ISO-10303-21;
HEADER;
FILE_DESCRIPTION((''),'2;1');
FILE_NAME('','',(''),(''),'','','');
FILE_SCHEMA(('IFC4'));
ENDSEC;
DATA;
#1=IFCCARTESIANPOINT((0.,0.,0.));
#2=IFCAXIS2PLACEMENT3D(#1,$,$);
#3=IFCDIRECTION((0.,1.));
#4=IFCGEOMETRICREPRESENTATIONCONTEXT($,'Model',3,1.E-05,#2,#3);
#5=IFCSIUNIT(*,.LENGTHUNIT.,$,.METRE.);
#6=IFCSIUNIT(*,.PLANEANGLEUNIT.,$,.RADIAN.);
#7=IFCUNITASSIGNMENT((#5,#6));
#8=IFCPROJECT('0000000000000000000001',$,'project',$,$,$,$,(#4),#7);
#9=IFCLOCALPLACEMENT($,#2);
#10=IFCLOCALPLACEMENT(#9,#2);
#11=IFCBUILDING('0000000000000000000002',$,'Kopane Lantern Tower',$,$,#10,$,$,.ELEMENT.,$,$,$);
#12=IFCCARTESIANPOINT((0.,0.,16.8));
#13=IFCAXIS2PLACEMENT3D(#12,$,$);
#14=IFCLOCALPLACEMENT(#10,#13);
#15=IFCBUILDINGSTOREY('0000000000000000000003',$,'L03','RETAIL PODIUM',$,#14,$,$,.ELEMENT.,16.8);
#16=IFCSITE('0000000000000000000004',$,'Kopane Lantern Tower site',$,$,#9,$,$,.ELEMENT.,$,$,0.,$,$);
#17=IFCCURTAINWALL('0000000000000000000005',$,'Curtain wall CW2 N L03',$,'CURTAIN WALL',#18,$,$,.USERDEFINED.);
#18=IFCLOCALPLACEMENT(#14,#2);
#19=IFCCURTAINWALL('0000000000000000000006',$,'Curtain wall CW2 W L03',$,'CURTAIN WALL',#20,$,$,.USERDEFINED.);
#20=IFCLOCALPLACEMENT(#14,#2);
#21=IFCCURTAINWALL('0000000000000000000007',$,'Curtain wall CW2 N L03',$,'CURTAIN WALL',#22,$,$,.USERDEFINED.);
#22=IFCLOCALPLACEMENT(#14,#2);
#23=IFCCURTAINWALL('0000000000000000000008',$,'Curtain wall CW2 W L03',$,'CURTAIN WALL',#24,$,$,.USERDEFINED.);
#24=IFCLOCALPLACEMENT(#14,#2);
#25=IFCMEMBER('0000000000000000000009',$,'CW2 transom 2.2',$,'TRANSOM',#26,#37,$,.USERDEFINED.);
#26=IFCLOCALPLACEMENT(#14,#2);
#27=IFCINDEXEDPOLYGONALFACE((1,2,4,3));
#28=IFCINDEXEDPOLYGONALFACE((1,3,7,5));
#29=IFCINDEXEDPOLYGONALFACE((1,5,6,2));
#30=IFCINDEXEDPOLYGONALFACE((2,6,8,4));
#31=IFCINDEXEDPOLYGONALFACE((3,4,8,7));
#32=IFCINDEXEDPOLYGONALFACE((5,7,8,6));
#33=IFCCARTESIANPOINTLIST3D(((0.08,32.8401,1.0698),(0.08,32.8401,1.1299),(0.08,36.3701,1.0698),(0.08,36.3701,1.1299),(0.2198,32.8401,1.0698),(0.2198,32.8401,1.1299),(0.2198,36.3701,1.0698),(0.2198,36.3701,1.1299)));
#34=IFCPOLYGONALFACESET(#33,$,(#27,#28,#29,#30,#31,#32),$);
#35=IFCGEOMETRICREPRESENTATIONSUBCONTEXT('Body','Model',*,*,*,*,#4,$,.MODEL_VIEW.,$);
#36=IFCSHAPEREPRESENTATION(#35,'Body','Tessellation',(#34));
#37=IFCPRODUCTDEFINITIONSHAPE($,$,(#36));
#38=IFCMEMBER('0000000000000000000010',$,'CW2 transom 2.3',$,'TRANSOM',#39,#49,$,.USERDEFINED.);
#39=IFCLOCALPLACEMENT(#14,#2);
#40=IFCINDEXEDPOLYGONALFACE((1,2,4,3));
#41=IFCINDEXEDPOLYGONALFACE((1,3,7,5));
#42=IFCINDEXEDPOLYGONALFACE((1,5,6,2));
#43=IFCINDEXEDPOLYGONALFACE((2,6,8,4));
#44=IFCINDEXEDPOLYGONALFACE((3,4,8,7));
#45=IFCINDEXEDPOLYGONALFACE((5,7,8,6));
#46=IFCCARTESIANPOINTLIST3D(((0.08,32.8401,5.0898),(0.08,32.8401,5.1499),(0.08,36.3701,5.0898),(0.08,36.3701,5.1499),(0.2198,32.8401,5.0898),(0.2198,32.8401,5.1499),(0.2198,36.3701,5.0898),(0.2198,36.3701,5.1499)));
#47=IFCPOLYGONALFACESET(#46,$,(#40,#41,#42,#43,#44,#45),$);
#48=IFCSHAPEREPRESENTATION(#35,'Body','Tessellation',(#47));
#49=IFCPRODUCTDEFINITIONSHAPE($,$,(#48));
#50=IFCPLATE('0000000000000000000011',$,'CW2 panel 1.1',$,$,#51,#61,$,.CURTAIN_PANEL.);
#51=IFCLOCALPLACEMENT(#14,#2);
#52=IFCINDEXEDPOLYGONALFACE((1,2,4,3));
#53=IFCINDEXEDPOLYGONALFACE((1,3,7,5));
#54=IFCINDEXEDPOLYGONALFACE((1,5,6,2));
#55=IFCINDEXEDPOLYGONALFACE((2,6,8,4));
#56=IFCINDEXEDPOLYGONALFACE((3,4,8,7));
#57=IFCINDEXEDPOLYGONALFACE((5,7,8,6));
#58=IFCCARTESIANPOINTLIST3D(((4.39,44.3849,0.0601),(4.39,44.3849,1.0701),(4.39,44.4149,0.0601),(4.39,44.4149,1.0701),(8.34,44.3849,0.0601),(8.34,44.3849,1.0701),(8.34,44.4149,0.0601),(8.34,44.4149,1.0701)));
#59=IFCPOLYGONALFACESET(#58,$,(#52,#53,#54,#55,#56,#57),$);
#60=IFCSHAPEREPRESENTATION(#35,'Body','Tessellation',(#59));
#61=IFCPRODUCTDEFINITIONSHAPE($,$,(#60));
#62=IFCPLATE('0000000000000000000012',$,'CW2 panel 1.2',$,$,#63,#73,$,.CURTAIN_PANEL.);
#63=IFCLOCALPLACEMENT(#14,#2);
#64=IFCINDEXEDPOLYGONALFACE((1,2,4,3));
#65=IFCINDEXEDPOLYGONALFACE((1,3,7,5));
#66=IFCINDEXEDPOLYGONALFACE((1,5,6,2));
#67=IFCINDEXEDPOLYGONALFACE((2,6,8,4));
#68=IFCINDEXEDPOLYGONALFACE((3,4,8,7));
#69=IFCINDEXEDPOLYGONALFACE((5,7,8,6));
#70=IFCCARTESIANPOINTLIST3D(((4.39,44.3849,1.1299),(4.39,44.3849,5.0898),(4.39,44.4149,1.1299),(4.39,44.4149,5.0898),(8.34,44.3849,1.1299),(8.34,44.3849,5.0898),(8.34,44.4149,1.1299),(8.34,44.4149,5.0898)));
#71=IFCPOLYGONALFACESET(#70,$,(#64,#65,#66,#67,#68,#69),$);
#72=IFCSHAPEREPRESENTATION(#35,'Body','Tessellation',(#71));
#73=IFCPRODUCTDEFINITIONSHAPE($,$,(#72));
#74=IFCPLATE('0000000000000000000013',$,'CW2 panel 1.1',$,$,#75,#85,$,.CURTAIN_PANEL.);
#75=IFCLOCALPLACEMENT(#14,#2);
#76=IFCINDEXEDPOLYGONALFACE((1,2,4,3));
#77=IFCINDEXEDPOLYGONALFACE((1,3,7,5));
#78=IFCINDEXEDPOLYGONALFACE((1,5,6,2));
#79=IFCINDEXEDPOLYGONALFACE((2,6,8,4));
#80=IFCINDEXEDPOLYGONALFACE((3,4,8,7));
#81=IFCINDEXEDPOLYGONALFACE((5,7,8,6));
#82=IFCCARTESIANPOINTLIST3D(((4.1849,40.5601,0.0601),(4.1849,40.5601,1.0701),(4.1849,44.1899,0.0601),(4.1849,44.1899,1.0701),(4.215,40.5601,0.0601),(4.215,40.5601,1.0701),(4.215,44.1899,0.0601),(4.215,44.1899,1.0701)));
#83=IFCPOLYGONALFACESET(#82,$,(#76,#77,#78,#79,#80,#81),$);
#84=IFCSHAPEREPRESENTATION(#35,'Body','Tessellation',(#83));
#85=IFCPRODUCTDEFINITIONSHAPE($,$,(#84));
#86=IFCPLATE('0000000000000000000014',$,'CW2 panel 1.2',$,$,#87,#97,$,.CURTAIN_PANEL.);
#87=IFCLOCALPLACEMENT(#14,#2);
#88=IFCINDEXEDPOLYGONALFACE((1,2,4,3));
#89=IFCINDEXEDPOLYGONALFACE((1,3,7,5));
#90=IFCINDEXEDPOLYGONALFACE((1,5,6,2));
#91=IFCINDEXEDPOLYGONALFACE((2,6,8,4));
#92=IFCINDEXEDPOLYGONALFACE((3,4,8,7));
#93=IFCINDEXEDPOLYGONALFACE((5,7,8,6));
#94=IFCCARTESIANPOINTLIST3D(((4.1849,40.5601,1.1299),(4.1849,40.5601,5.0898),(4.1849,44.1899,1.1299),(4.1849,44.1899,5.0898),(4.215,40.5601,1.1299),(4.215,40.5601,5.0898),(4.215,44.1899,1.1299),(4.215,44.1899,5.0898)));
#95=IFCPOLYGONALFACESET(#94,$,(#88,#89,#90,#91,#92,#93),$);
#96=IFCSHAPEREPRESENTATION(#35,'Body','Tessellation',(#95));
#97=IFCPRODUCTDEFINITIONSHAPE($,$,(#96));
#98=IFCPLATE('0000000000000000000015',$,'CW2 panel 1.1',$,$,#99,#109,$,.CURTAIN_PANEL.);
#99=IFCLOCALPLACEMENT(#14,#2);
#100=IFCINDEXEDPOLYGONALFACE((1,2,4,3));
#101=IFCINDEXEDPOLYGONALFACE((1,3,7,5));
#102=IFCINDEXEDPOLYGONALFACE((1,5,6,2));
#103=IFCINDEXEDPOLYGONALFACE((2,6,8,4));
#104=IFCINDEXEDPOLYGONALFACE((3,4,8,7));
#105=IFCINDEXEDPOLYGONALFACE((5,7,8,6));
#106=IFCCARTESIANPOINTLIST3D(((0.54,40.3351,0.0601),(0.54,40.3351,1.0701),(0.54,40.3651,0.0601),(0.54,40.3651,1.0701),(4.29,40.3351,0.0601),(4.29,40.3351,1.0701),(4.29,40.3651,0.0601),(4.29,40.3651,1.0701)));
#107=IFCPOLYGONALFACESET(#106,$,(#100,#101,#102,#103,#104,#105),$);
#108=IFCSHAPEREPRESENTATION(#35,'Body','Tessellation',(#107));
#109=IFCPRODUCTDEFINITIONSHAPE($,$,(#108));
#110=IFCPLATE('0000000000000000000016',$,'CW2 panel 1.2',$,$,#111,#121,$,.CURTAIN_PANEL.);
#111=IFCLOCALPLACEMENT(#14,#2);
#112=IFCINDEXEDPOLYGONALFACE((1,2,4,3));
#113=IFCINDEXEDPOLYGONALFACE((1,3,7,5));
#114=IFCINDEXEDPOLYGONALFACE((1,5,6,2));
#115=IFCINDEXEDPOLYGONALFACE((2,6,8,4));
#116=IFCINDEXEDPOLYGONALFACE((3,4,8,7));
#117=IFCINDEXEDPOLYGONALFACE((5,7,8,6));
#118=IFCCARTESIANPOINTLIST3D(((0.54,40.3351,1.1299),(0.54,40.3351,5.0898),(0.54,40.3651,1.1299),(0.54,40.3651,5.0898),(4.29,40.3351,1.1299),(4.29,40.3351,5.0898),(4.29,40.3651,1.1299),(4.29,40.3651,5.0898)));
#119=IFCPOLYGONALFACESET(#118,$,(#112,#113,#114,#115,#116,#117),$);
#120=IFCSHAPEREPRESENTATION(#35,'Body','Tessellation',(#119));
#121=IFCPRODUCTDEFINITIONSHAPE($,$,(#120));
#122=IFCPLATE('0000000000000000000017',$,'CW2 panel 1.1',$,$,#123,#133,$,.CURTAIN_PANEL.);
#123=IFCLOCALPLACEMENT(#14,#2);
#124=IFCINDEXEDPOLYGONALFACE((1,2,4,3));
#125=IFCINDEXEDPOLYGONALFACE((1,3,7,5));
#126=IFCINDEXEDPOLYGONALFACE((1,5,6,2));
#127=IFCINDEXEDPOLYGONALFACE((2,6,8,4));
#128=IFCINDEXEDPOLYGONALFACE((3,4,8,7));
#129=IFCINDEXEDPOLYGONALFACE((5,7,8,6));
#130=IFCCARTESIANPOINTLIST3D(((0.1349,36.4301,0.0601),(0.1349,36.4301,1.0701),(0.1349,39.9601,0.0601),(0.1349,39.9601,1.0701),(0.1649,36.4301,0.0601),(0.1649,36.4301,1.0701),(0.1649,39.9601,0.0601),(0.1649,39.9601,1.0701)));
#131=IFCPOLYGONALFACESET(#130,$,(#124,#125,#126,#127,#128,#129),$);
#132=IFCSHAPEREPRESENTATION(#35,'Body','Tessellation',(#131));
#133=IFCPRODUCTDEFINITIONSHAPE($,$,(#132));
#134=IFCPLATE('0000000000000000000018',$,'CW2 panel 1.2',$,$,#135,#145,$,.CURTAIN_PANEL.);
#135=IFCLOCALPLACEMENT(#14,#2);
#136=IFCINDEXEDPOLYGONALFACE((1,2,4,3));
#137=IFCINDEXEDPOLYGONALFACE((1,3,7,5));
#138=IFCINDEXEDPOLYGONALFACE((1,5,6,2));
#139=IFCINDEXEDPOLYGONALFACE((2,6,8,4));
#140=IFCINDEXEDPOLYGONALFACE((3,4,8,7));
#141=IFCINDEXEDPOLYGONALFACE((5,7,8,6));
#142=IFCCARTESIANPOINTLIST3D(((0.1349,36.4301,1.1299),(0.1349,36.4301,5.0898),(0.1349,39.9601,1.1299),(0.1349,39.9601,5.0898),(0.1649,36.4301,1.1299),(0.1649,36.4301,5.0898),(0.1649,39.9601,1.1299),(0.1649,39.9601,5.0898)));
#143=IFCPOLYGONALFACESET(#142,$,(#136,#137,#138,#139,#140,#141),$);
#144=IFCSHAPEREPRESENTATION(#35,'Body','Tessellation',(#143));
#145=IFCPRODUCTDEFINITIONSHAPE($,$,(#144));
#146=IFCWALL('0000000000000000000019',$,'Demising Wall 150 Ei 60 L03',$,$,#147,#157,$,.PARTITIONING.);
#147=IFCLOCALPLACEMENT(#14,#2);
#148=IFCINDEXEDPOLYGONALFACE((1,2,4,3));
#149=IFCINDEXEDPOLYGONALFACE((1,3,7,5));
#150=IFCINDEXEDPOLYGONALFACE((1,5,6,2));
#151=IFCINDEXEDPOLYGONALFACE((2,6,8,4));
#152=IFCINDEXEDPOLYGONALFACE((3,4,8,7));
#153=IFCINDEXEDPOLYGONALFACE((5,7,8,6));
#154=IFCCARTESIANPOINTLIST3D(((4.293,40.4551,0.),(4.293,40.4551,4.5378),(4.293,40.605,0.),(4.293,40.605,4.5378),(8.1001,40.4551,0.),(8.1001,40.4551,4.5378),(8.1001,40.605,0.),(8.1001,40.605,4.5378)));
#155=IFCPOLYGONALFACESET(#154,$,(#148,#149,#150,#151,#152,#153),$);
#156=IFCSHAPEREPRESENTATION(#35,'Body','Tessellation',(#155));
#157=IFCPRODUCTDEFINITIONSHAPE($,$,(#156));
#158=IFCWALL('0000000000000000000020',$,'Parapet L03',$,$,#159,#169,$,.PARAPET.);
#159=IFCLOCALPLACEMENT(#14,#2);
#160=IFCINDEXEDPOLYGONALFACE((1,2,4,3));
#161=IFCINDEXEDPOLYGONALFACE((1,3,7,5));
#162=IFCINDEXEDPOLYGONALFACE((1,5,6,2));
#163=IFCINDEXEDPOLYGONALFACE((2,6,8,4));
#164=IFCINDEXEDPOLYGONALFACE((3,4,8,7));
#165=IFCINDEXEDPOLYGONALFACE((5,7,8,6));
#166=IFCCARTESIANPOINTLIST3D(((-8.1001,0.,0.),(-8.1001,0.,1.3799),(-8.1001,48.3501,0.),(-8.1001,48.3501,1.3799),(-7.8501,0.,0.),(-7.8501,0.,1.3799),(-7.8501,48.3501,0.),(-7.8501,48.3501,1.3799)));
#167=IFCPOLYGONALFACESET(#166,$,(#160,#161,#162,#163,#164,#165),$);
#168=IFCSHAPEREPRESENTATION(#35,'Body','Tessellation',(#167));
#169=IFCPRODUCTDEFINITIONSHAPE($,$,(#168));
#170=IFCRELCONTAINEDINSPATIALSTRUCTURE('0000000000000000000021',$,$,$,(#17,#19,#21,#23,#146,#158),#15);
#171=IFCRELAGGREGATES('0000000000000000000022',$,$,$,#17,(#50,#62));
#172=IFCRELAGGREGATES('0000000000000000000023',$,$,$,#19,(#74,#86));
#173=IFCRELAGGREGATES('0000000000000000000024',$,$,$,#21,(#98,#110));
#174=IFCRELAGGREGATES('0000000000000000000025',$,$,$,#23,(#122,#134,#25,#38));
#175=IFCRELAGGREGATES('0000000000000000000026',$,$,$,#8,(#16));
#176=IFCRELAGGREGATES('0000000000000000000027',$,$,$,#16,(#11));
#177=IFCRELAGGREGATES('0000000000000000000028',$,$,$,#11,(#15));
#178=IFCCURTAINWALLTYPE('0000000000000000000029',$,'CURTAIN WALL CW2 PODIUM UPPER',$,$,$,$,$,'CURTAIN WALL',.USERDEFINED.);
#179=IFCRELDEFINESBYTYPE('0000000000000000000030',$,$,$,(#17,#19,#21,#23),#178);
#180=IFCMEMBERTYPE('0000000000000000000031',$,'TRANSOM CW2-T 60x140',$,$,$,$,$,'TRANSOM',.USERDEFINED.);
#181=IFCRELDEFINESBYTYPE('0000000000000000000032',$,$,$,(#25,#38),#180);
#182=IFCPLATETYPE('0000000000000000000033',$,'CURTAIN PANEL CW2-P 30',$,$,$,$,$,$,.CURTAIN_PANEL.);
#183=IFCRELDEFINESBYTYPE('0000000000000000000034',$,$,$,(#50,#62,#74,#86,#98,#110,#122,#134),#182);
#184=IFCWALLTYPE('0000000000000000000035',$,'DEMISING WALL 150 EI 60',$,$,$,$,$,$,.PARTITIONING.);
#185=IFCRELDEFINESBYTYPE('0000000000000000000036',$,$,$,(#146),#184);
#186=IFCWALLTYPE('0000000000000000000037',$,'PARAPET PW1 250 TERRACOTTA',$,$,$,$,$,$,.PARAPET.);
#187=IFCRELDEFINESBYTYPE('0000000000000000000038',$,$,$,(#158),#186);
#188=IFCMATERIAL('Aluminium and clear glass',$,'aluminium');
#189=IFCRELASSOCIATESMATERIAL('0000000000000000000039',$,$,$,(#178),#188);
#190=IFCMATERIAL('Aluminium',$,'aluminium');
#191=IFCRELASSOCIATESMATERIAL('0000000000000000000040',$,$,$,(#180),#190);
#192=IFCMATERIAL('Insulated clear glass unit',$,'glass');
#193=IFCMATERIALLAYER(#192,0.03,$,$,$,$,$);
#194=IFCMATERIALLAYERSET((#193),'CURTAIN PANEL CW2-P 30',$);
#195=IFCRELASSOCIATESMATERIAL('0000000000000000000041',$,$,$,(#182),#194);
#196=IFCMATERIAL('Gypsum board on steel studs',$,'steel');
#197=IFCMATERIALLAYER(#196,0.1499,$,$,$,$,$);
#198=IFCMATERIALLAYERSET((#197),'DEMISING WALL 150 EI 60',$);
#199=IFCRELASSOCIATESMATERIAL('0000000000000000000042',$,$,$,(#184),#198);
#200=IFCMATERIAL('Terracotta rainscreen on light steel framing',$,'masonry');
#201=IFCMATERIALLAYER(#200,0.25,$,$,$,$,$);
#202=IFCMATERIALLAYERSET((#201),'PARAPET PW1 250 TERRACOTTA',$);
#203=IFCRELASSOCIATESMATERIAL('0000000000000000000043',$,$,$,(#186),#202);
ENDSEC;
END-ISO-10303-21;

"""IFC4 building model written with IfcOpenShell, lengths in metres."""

from ifc_helpers import new_model, si_unit, direction, frame, frame_2d, origin, origin_2d, place, context, subcontext, project, spatial, rectangle, extrude, material, layer, layer_set, material_profile, profile_set, type_object, element, aggregate, save


model = new_model("IFC4")

# Units and contexts
model_context = context("Model", 3, precision=1e-05, world=origin(), true_north=direction((0.0, 1.0)))
body_context = subcontext(model_context, "Body", "Model", "MODEL_VIEW")
ifc_project = project(units=[si_unit("LENGTHUNIT", "METRE"), si_unit("PLANEANGLEUNIT", "RADIAN")], contexts=[model_context])

# Site, building, storey
site_placement = place(None, origin())
site = spatial("IfcSite", under=ifc_project, at=site_placement, Name="Kopane Lantern Tower site", CompositionType="ELEMENT", RefElevation=0.0)
building_placement = place(site_placement, origin())
building = spatial("IfcBuilding", under=site, at=building_placement, Name="Kopane Lantern Tower", CompositionType="ELEMENT")
storey_placement = place(building_placement, frame((0.0, 0.0, 16.8)))
storey = spatial("IfcBuildingStorey", under=building, at=storey_placement, Name="L03", Description="RETAIL PODIUM", CompositionType="ELEMENT", Elevation=16.8)

# Curtain wall
ifc_material_1 = material(Name="Aluminium and clear glass", Category="aluminium")
curtain_wall_type = type_object("IfcCurtainWallType", Name="CURTAIN WALL CW2 PODIUM UPPER", ElementType="CURTAIN WALL", PredefinedType="USERDEFINED", material=ifc_material_1)
curtain_wall_1_placement = place(storey_placement, origin())
curtain_wall_1 = element("IfcCurtainWall", 1, at=curtain_wall_1_placement, inside=storey, type_object=curtain_wall_type, Name="Curtain wall CW2 N L03", ObjectType="CURTAIN WALL", PredefinedType="USERDEFINED")

# Curtain walls
curtain_wall_2_placement = place(storey_placement, origin())
curtain_wall_2 = element("IfcCurtainWall", 2, at=curtain_wall_2_placement, inside=storey, type_object=curtain_wall_type, Name="Curtain wall CW2 W L03", ObjectType="CURTAIN WALL", PredefinedType="USERDEFINED")
curtain_wall_3_placement = place(storey_placement, origin())
curtain_wall_3 = element("IfcCurtainWall", 3, at=curtain_wall_3_placement, inside=storey, type_object=curtain_wall_type, Name="Curtain wall CW2 N L03", ObjectType="CURTAIN WALL", PredefinedType="USERDEFINED")
curtain_wall_4_placement = place(storey_placement, origin())
curtain_wall_4 = element("IfcCurtainWall", 4, at=curtain_wall_4_placement, inside=storey, type_object=curtain_wall_type, Name="Curtain wall CW2 W L03", ObjectType="CURTAIN WALL", PredefinedType="USERDEFINED")

# Members
ifc_material_2 = material(Name="Aluminium", Category="aluminium")
ifc_material_profile_1 = material_profile(ifc_material_2, rectangle(XDim=0.1399, YDim=0.0601, at=origin_2d()), Name="AL 140x60")
ifc_profile_set_1 = profile_set([ifc_material_profile_1], Name="Aluminium")
member_type_1 = type_object("IfcMemberType", Name="TRANSOM CW2-T 60x140", ElementType="TRANSOM", PredefinedType="USERDEFINED", material=ifc_profile_set_1)
member_1_placement = place(storey_placement, frame((0.1499, 36.3701, 1.0999), z_axis=(0.0, -1.0, 0.0), x_axis=(1.0, 0.0, 0.0)))
member_1 = element("IfcMember", 5, at=member_1_placement, type_object=member_type_1, Name="CW2 transom 2.2", ObjectType="TRANSOM", PredefinedType="USERDEFINED", context=body_context, shape_type="SweptSolid", body=[
    extrude(rectangle(XDim=0.1399, YDim=0.0601, at=origin_2d()), origin(), (0.0, 0.0, 1.0), 3.53),
])
member_2_placement = place(storey_placement, frame((0.1499, 36.3701, 5.1199), z_axis=(0.0, -1.0, 0.0), x_axis=(1.0, 0.0, 0.0)))
member_2 = element("IfcMember", 6, at=member_2_placement, type_object=member_type_1, Name="CW2 transom 2.3", ObjectType="TRANSOM", PredefinedType="USERDEFINED", context=body_context, shape_type="SweptSolid", body=[
    extrude(rectangle(XDim=0.1399, YDim=0.0601, at=origin_2d()), origin(), (0.0, 0.0, 1.0), 3.53),
])

# Plates
ifc_material_3 = material(Name="Insulated clear glass unit", Category="glass")
ifc_layer_1 = layer(ifc_material_3, 0.03)
ifc_layer_set_1 = layer_set([ifc_layer_1], Name="CURTAIN PANEL CW2-P 30")
plate_type = type_object("IfcPlateType", Name="CURTAIN PANEL CW2-P 30", PredefinedType="CURTAIN_PANEL", material=ifc_layer_set_1)
plate_1_placement = place(storey_placement, frame((6.365, 44.3999, 0.0601), z_axis=(0.0, 0.0, 1.0), x_axis=(-1.0, 0.0, 0.0)))
plate_1 = element("IfcPlate", 7, at=plate_1_placement, type_object=plate_type, Name="CW2 panel 1.1", PredefinedType="CURTAIN_PANEL", context=body_context, shape_type="SweptSolid", body=[
    extrude(rectangle(XDim=3.95, YDim=0.03, at=origin_2d()), origin(), (0.0, 0.0, 1.0), 1.01),
])
plate_2_placement = place(storey_placement, frame((6.365, 44.3999, 1.1299), z_axis=(0.0, 0.0, 1.0), x_axis=(-1.0, 0.0, 0.0)))
plate_2 = element("IfcPlate", 8, at=plate_2_placement, type_object=plate_type, Name="CW2 panel 1.2", PredefinedType="CURTAIN_PANEL", context=body_context, shape_type="SweptSolid", body=[
    extrude(rectangle(XDim=3.95, YDim=0.03, at=origin_2d()), origin(), (0.0, 0.0, 1.0), 3.96),
])
aggregate(curtain_wall_1, [plate_1, plate_2])
plate_3_placement = place(storey_placement, frame((4.2, 42.375, 0.0601), z_axis=(0.0, 0.0, 1.0), x_axis=(0.0, -1.0, 0.0)))
plate_3 = element("IfcPlate", 9, at=plate_3_placement, type_object=plate_type, Name="CW2 panel 1.1", PredefinedType="CURTAIN_PANEL", context=body_context, shape_type="SweptSolid", body=[
    extrude(rectangle(XDim=3.6299, YDim=0.03, at=origin_2d()), origin(), (0.0, 0.0, 1.0), 1.01),
])
plate_4_placement = place(storey_placement, frame((4.2, 42.375, 1.1299), z_axis=(0.0, 0.0, 1.0), x_axis=(0.0, -1.0, 0.0)))
plate_4 = element("IfcPlate", 10, at=plate_4_placement, type_object=plate_type, Name="CW2 panel 1.2", PredefinedType="CURTAIN_PANEL", context=body_context, shape_type="SweptSolid", body=[
    extrude(rectangle(XDim=3.6299, YDim=0.03, at=origin_2d()), origin(), (0.0, 0.0, 1.0), 3.96),
])
aggregate(curtain_wall_2, [plate_3, plate_4])
plate_5_placement = place(storey_placement, frame((2.415, 40.3501, 0.0601), z_axis=(0.0, 0.0, 1.0), x_axis=(-1.0, 0.0, 0.0)))
plate_5 = element("IfcPlate", 11, at=plate_5_placement, type_object=plate_type, Name="CW2 panel 1.1", PredefinedType="CURTAIN_PANEL", context=body_context, shape_type="SweptSolid", body=[
    extrude(rectangle(XDim=3.75, YDim=0.03, at=origin_2d()), origin(), (0.0, 0.0, 1.0), 1.01),
])
plate_6_placement = place(storey_placement, frame((2.415, 40.3501, 1.1299), z_axis=(0.0, 0.0, 1.0), x_axis=(-1.0, 0.0, 0.0)))
plate_6 = element("IfcPlate", 12, at=plate_6_placement, type_object=plate_type, Name="CW2 panel 1.2", PredefinedType="CURTAIN_PANEL", context=body_context, shape_type="SweptSolid", body=[
    extrude(rectangle(XDim=3.75, YDim=0.03, at=origin_2d()), origin(), (0.0, 0.0, 1.0), 3.96),
])
aggregate(curtain_wall_3, [plate_5, plate_6])
plate_7_placement = place(storey_placement, frame((0.1499, 38.1951, 0.0601), z_axis=(0.0, 0.0, 1.0), x_axis=(0.0, -1.0, 0.0)))
plate_7 = element("IfcPlate", 13, at=plate_7_placement, type_object=plate_type, Name="CW2 panel 1.1", PredefinedType="CURTAIN_PANEL", context=body_context, shape_type="SweptSolid", body=[
    extrude(rectangle(XDim=3.53, YDim=0.03, at=origin_2d()), origin(), (0.0, 0.0, 1.0), 1.01),
])
plate_8_placement = place(storey_placement, frame((0.1499, 38.1951, 1.1299), z_axis=(0.0, 0.0, 1.0), x_axis=(0.0, -1.0, 0.0)))
plate_8 = element("IfcPlate", 14, at=plate_8_placement, type_object=plate_type, Name="CW2 panel 1.2", PredefinedType="CURTAIN_PANEL", context=body_context, shape_type="SweptSolid", body=[
    extrude(rectangle(XDim=3.53, YDim=0.03, at=origin_2d()), origin(), (0.0, 0.0, 1.0), 3.96),
])
aggregate(curtain_wall_4, [plate_7, plate_8, member_1, member_2])

# Walls
ifc_material_4 = material(Name="Gypsum board on steel studs", Category="steel")
ifc_layer_2 = layer(ifc_material_4, 0.1499)
ifc_layer_set_2 = layer_set([ifc_layer_2], Name="DEMISING WALL 150 EI 60")
wall_type_1 = type_object("IfcWallType", Name="DEMISING WALL 150 EI 60", PredefinedType="PARTITIONING", material=ifc_layer_set_2)
wall_1_placement = place(storey_placement, frame((4.293, 40.53, 0.0), z_axis=(0.0, 0.0, 1.0), x_axis=(1.0, 0.0, 0.0)))
element("IfcWall", 15, at=wall_1_placement, inside=storey, type_object=wall_type_1, Name="Demising Wall 150 Ei 60 L03", PredefinedType="PARTITIONING", context=body_context, shape_type="SweptSolid", body=[
    extrude(rectangle(XDim=3.8071, YDim=0.1499, at=frame_2d((1.9036, 0.0))), origin(), (0.0, 0.0, 1.0), 4.5378),
])
ifc_material_5 = material(Name="Terracotta rainscreen on light steel framing", Category="masonry")
ifc_layer_3 = layer(ifc_material_5, 0.25)
ifc_layer_set_3 = layer_set([ifc_layer_3], Name="PARAPET PW1 250 TERRACOTTA")
wall_type_2 = type_object("IfcWallType", Name="PARAPET PW1 250 TERRACOTTA", PredefinedType="PARAPET", material=ifc_layer_set_3)
wall_2_placement = place(storey_placement, frame((-7.9751, 48.3501, 0.0), z_axis=(0.0, 0.0, 1.0), x_axis=(0.0, -1.0, 0.0)))
element("IfcWall", 16, at=wall_2_placement, inside=storey, type_object=wall_type_2, Name="Parapet L03", PredefinedType="PARAPET", context=body_context, shape_type="SweptSolid", body=[
    extrude(rectangle(XDim=48.3501, YDim=0.25, at=frame_2d((24.175, 0.0))), origin(), (0.0, 0.0, 1.0), 1.3799),
])

save(model, "model.ifc")
